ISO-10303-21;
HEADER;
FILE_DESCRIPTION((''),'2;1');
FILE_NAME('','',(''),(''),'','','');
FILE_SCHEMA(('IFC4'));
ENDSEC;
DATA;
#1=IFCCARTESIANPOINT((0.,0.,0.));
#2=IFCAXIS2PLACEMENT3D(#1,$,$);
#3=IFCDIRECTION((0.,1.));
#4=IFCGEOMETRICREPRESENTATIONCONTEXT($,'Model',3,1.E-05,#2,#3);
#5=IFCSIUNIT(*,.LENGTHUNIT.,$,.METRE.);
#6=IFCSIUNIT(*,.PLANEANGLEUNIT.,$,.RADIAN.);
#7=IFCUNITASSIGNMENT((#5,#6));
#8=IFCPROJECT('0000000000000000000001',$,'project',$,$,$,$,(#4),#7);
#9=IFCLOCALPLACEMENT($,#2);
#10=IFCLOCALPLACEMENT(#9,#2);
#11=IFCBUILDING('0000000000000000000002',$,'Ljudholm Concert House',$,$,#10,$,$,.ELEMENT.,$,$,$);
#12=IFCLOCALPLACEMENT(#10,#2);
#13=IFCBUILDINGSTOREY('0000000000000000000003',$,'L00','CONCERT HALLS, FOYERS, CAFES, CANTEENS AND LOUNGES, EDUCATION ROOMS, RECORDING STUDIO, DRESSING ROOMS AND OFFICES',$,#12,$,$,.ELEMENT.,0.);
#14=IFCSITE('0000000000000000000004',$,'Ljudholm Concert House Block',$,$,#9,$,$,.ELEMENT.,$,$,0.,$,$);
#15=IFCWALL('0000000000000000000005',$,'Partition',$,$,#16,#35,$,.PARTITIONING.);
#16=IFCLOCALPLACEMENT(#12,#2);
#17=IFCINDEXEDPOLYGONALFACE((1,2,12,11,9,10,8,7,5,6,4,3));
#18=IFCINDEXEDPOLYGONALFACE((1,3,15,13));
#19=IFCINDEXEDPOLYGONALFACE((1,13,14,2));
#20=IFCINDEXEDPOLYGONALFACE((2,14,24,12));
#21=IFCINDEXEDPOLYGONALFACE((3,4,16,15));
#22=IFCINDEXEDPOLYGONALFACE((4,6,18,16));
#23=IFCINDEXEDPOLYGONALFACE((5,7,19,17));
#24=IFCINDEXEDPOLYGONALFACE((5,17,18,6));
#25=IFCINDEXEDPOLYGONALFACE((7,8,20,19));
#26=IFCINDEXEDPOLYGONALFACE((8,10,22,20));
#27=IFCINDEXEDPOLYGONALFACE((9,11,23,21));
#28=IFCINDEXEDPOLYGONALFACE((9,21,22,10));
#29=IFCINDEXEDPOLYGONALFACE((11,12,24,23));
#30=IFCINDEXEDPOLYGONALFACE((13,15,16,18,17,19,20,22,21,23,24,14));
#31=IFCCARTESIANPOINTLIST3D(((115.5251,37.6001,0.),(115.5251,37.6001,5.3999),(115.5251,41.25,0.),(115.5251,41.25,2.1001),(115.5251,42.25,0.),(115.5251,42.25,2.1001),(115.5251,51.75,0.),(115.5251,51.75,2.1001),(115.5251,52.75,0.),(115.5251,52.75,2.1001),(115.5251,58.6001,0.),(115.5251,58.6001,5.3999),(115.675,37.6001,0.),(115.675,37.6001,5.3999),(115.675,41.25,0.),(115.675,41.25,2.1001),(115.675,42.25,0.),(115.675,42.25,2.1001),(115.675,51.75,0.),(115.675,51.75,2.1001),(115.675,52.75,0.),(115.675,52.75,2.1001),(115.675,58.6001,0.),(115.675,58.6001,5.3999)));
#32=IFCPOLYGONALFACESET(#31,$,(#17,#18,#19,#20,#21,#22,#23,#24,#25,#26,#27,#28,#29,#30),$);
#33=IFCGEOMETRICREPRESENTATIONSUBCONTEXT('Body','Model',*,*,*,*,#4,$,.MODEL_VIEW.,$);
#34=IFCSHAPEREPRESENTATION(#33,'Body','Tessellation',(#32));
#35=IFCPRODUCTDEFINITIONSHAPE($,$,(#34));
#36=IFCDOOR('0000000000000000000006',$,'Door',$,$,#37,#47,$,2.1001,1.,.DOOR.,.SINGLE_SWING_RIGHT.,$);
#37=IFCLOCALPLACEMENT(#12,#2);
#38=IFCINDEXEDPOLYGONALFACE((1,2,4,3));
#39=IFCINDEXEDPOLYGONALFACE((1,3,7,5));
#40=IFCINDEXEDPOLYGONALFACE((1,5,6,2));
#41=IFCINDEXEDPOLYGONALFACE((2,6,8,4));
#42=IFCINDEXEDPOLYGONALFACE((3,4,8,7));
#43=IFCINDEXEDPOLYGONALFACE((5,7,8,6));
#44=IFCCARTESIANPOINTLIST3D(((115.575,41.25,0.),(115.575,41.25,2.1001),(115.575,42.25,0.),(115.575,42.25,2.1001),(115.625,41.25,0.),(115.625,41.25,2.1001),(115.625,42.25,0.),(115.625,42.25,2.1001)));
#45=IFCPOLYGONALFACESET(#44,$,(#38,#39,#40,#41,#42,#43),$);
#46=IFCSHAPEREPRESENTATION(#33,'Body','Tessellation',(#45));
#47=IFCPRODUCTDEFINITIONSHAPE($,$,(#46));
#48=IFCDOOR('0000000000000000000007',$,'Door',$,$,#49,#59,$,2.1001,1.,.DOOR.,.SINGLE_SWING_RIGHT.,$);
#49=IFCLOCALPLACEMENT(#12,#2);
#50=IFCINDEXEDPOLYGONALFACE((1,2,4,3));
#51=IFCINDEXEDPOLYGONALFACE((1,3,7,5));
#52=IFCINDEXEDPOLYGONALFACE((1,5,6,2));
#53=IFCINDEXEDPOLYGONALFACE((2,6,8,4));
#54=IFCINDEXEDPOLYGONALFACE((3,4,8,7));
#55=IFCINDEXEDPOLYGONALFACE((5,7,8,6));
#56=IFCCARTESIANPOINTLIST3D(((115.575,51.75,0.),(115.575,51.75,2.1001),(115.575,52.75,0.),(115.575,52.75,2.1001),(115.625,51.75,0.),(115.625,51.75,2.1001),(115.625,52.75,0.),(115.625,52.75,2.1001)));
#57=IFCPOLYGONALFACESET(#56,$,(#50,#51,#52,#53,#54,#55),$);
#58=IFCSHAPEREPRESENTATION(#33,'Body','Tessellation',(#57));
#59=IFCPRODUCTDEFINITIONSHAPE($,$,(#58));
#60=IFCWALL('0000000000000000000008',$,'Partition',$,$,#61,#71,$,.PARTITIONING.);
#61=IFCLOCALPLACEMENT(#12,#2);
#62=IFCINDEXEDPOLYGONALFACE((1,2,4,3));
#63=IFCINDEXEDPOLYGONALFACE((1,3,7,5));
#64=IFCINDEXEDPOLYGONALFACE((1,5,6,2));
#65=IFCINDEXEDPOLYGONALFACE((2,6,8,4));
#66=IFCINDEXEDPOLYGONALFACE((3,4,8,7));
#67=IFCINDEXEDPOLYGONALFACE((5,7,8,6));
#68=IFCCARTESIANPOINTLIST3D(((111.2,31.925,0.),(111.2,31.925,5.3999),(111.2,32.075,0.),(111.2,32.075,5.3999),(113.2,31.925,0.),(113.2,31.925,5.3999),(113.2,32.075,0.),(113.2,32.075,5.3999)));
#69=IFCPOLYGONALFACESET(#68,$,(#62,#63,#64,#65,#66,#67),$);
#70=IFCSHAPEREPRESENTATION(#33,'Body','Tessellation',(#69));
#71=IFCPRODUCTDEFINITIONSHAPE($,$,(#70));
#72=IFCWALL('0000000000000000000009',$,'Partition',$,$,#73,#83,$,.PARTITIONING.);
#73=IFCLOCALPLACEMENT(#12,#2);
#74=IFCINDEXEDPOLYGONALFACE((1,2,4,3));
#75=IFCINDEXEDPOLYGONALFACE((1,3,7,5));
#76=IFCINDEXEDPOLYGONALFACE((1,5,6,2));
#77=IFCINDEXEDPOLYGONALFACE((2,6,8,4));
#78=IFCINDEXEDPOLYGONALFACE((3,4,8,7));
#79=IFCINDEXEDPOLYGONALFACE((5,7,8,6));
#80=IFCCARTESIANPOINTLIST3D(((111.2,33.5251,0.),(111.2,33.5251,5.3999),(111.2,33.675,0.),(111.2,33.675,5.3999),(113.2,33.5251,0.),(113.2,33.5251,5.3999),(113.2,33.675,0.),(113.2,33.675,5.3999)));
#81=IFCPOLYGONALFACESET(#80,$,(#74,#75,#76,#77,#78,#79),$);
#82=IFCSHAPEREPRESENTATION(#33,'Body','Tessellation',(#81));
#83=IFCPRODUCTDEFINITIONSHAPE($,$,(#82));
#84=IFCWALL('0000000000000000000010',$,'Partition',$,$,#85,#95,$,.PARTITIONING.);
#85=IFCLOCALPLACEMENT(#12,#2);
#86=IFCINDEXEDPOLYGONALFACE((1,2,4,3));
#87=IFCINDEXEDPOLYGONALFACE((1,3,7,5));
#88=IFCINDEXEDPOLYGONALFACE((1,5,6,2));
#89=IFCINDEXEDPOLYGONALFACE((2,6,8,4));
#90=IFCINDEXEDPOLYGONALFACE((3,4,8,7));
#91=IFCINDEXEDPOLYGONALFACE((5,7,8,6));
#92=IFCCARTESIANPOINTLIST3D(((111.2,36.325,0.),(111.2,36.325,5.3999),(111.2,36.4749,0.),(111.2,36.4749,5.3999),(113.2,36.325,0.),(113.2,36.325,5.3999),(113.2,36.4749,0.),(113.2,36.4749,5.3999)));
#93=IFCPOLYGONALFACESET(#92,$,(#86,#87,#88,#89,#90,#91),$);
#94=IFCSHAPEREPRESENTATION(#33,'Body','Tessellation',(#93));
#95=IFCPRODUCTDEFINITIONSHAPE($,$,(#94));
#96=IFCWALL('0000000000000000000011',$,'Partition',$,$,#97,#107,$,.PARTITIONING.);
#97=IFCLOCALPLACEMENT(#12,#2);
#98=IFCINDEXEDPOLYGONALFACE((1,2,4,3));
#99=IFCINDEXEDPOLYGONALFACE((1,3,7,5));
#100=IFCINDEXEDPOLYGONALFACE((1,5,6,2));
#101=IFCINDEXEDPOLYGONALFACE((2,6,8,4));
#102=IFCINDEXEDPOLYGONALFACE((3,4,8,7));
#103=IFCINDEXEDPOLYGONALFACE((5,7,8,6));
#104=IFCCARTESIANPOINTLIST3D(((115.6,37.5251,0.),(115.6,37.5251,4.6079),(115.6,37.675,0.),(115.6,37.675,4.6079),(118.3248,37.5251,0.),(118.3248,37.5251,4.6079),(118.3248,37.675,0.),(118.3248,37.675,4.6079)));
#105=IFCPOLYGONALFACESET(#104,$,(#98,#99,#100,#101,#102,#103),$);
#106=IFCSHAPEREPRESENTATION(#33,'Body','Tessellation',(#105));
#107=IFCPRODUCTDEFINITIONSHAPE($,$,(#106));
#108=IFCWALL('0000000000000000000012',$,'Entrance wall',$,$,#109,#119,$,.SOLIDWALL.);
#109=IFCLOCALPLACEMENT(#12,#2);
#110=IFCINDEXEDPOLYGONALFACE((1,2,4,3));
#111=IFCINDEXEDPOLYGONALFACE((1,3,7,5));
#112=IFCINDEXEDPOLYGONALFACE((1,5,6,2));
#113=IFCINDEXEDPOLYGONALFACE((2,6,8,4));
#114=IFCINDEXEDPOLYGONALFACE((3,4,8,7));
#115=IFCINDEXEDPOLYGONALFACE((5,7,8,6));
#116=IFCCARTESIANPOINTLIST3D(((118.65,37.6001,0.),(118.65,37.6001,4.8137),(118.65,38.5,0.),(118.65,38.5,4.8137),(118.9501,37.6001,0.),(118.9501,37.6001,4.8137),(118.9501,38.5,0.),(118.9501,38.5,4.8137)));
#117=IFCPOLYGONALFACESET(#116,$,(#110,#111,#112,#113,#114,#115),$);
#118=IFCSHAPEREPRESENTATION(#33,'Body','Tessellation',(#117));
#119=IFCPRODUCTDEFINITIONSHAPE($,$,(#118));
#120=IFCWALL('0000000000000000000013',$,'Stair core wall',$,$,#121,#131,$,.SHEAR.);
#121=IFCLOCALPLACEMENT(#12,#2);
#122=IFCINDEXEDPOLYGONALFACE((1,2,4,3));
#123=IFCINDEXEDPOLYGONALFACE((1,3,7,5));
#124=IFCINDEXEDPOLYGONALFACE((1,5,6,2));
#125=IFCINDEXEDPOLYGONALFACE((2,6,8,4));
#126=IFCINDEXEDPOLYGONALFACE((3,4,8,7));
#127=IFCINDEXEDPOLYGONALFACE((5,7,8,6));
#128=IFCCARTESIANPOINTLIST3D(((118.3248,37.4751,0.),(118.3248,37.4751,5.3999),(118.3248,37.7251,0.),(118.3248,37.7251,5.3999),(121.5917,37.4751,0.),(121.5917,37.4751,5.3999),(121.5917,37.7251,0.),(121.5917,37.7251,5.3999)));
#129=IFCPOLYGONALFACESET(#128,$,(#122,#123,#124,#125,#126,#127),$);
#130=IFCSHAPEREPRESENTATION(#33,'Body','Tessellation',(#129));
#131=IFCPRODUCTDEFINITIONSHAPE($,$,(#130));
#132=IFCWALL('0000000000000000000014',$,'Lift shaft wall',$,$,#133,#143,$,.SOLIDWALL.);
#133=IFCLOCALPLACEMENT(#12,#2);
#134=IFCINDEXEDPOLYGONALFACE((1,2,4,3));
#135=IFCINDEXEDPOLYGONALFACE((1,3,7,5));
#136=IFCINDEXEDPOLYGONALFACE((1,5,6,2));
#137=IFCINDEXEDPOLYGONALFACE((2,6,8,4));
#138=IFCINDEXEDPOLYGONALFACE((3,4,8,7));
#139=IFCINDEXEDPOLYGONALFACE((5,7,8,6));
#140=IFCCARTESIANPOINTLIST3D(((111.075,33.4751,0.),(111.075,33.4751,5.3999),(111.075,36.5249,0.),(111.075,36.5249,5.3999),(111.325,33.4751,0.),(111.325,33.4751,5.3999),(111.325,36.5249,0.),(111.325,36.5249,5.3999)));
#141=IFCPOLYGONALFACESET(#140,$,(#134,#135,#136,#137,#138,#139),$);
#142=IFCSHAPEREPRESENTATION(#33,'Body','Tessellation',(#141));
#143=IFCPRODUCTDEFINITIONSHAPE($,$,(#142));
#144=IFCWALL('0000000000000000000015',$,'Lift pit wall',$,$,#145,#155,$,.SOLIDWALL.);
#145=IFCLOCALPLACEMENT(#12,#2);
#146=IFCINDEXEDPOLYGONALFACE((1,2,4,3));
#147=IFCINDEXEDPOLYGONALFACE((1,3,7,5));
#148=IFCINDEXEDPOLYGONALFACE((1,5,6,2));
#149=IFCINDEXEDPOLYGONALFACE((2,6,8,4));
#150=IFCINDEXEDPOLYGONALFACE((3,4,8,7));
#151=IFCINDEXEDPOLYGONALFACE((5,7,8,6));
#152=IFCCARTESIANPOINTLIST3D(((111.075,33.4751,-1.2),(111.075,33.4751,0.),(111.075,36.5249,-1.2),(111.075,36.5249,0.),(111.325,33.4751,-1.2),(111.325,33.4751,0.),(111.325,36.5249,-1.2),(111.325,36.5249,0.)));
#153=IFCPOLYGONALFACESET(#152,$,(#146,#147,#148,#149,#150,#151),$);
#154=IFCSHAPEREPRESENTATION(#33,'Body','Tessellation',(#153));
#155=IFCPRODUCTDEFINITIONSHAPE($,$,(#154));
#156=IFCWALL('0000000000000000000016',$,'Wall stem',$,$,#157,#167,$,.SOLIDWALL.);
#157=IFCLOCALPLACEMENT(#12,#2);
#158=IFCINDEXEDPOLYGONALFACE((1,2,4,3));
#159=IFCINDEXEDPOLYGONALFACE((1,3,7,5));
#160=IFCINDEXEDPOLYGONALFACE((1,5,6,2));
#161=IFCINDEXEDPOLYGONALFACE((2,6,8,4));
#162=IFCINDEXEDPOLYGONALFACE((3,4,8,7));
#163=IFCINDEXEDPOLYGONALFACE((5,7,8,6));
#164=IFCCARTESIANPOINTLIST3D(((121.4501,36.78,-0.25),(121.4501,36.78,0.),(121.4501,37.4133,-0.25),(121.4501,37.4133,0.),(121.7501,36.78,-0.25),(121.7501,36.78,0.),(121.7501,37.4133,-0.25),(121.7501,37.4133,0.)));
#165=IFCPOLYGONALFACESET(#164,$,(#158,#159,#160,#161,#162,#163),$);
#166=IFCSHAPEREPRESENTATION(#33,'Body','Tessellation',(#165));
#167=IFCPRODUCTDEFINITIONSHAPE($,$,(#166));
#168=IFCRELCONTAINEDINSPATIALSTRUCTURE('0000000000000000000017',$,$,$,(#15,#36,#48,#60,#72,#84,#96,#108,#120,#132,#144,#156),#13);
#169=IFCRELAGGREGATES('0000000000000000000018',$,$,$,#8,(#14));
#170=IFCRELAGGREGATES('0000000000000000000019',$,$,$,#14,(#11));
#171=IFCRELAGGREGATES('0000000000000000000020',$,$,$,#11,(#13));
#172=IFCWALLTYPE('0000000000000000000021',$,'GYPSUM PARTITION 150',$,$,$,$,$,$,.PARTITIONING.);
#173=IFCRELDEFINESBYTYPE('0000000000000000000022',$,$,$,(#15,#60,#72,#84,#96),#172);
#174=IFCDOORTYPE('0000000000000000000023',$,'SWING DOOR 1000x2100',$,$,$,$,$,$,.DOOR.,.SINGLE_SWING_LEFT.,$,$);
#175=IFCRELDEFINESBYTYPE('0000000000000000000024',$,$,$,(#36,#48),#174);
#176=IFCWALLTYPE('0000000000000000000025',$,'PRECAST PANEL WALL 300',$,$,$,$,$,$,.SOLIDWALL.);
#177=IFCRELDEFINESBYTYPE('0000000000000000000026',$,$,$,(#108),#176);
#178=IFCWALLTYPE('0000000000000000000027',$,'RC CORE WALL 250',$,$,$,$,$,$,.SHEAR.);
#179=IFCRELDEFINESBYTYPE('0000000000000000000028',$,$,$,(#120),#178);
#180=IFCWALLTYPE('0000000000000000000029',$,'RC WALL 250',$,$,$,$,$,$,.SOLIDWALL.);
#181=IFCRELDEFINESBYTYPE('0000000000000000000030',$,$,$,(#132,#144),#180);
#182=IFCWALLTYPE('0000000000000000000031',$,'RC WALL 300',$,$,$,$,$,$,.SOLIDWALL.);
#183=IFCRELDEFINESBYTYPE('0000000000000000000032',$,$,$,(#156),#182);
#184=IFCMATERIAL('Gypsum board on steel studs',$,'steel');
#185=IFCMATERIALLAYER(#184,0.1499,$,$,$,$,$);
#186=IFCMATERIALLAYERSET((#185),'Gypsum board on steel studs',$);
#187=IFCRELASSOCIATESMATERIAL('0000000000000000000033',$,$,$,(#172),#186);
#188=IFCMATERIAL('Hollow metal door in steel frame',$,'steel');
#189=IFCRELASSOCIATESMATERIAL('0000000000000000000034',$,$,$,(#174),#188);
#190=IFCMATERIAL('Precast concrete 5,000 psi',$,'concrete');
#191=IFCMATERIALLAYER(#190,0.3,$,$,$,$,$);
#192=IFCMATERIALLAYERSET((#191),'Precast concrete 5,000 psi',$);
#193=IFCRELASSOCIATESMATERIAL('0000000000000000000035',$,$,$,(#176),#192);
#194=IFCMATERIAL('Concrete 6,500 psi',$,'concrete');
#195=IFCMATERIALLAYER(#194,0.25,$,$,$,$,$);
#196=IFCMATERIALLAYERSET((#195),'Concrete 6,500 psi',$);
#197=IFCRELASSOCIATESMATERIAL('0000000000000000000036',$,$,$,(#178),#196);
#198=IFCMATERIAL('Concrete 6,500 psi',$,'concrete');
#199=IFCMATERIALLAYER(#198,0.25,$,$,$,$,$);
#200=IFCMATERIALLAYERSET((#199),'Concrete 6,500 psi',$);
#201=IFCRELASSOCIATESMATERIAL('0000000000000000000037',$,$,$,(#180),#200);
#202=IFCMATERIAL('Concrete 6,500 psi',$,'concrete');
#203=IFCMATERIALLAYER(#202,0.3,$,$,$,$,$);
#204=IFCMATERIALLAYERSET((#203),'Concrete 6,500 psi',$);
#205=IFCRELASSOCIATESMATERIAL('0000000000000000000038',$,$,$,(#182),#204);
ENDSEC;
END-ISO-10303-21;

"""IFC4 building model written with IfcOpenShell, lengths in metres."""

from ifc_helpers import new_model, si_unit, direction, frame, frame_2d, origin, place, context, subcontext, project, spatial, rectangle, extrude, material, layer, layer_set, type_object, element, fill, save


model = new_model("IFC4")

# Units and contexts
model_context = context("Model", 3, precision=1e-05, world=origin(), true_north=direction((0.0, 1.0)))
body_context = subcontext(model_context, "Body", "Model", "MODEL_VIEW")
ifc_project = project(units=[si_unit("LENGTHUNIT", "METRE"), si_unit("PLANEANGLEUNIT", "RADIAN")], contexts=[model_context])

# Site, building, storey
site_placement = place(None, origin())
site = spatial("IfcSite", under=ifc_project, at=site_placement, Name="Ljudholm Concert House Block", CompositionType="ELEMENT", RefElevation=0.0)
building_placement = place(site_placement, origin())
building = spatial("IfcBuilding", under=site, at=building_placement, Name="Ljudholm Concert House", CompositionType="ELEMENT")
storey_placement = place(building_placement, origin())
storey = spatial("IfcBuildingStorey", under=building, at=storey_placement, Name="L00", Description="CONCERT HALLS, FOYERS, CAFES, CANTEENS AND LOUNGES, EDUCATION ROOMS, RECORDING STUDIO, DRESSING ROOMS AND OFFICES", CompositionType="ELEMENT", Elevation=0.0)

# Shared definitions
ifc_material_1 = material(Name="Gypsum board on steel studs", Category="steel")
ifc_layer_1 = layer(ifc_material_1, 0.1499)
ifc_layer_set_1 = layer_set([ifc_layer_1], Name="Gypsum board on steel studs")
wall_type_1 = type_object("IfcWallType", Name="GYPSUM PARTITION 150", PredefinedType="PARTITIONING", material=ifc_layer_set_1)

# Wall, openings, doors
wall_1_placement = place(storey_placement, frame((115.6001, 37.6001, 0.0), z_axis=(0.0, 0.0, 1.0), x_axis=(0.0, 1.0, 0.0)))
wall_1 = element("IfcWall", 1, at=wall_1_placement, inside=storey, type_object=wall_type_1, Name="Partition", PredefinedType="PARTITIONING", context=body_context, shape_type="SweptSolid", body=[
    extrude(rectangle(XDim=21.0, YDim=0.1499, at=frame_2d((10.5, 0.0))), origin(), (0.0, 0.0, 1.0), 5.3999),
])
opening_1_placement = place(wall_1_placement, frame((3.6499, 0.0, 0.0)))
opening_1 = element("IfcOpeningElement", 2, at=opening_1_placement, cuts=wall_1, PredefinedType="OPENING", context=body_context, shape_type="SweptSolid", body=[
    extrude(rectangle(XDim=1.0, YDim=2.1001, at=frame_2d((0.5, 1.05))), frame((0.0, 0.085, 0.0), z_axis=(0.0, -1.0, 0.0), x_axis=(1.0, 0.0, 0.0)), (0.0, 0.0, 1.0), 0.1699),
])
opening_2_placement = place(wall_1_placement, frame((14.1499, 0.0, 0.0)))
opening_2 = element("IfcOpeningElement", 3, at=opening_2_placement, cuts=wall_1, PredefinedType="OPENING", context=body_context, shape_type="SweptSolid", body=[
    extrude(rectangle(XDim=1.0, YDim=2.1001, at=frame_2d((0.5, 1.05))), frame((0.0, 0.085, 0.0), z_axis=(0.0, -1.0, 0.0), x_axis=(1.0, 0.0, 0.0)), (0.0, 0.0, 1.0), 0.1699),
])
ifc_material_2 = material(Name="Hollow metal door in steel frame", Category="steel")
door_type = type_object("IfcDoorType", Name="SWING DOOR 1000x2100", OperationType="SINGLE_SWING_LEFT", PredefinedType="DOOR", material=ifc_material_2)
door_1_placement = place(opening_1_placement, frame((1.0, 0.0, 0.0), z_axis=(0.0, 0.0, 1.0), x_axis=(-1.0, 0.0, 0.0)))
door_1 = element("IfcDoor", 4, at=door_1_placement, inside=storey, type_object=door_type, Name="Door", OperationType="SINGLE_SWING_RIGHT", OverallHeight=2.1001, OverallWidth=1.0, PredefinedType="DOOR", context=body_context, shape_type="SweptSolid", body=[
    extrude(rectangle(XDim=1.0, YDim=2.1001, at=frame_2d((0.5, 1.05))), frame((0.0, 0.0249, 0.0), z_axis=(0.0, -1.0, 0.0), x_axis=(1.0, 0.0, 0.0)), (0.0, 0.0, 1.0), 0.05),
])
fill(opening_1, door_1)
door_2_placement = place(opening_2_placement, frame((1.0, 0.0, 0.0), z_axis=(0.0, 0.0, 1.0), x_axis=(-1.0, 0.0, 0.0)))
door_2 = element("IfcDoor", 5, at=door_2_placement, inside=storey, type_object=door_type, Name="Door", OperationType="SINGLE_SWING_RIGHT", OverallHeight=2.1001, OverallWidth=1.0, PredefinedType="DOOR", context=body_context, shape_type="SweptSolid", body=[
    extrude(rectangle(XDim=1.0, YDim=2.1001, at=frame_2d((0.5, 1.05))), frame((0.0, 0.0249, 0.0), z_axis=(0.0, -1.0, 0.0), x_axis=(1.0, 0.0, 0.0)), (0.0, 0.0, 1.0), 0.05),
])
fill(opening_2, door_2)

# Walls
for number, where, z_axis, x_axis, name in (
    (6, (111.2, 32.0, 0.0), (0.0, 0.0, 1.0), (1.0, 0.0, 0.0), "Partition"),
    (7, (111.2, 33.6001, 0.0), (0.0, 0.0, 1.0), (1.0, 0.0, 0.0), "Partition"),
    (8, (111.2, 36.3999, 0.0), (0.0, 0.0, 1.0), (1.0, 0.0, 0.0), "Partition"),
):
    element("IfcWall", number, at=place(storey_placement, frame(where, z_axis=z_axis, x_axis=x_axis)), inside=storey, type_object=wall_type_1, Name=name, PredefinedType="PARTITIONING", context=body_context, shape_type="SweptSolid", body=[
        extrude(rectangle(XDim=2.0, YDim=0.1499, at=frame_2d((1.0, 0.0))), origin(), (0.0, 0.0, 1.0), 5.3999),
    ])
wall_2_placement = place(storey_placement, frame((115.6001, 37.6001, 0.0), z_axis=(0.0, 0.0, 1.0), x_axis=(1.0, 0.0, 0.0)))
element("IfcWall", 9, at=wall_2_placement, inside=storey, type_object=wall_type_1, Name="Partition", PredefinedType="PARTITIONING", context=body_context, shape_type="SweptSolid", body=[
    extrude(rectangle(XDim=2.7249, YDim=0.1499, at=frame_2d((1.3623, 0.0))), origin(), (0.0, 0.0, 1.0), 4.6079),
])
ifc_material_3 = material(Name="Precast concrete 5,000 psi", Category="concrete")
ifc_layer_2 = layer(ifc_material_3, 0.3)
ifc_layer_set_2 = layer_set([ifc_layer_2], Name="Precast concrete 5,000 psi")
wall_type_2 = type_object("IfcWallType", Name="PRECAST PANEL WALL 300", PredefinedType="SOLIDWALL", material=ifc_layer_set_2)
wall_3_placement = place(storey_placement, frame((118.8, 37.6001, 0.0), z_axis=(0.0, 0.0, 1.0), x_axis=(0.0, 1.0, 0.0)))
element("IfcWall", 10, at=wall_3_placement, inside=storey, type_object=wall_type_2, Name="Entrance wall", PredefinedType="SOLIDWALL", context=body_context, shape_type="SweptSolid", body=[
    extrude(rectangle(XDim=0.8999, YDim=0.3, at=frame_2d((0.45, 0.0))), origin(), (0.0, 0.0, 1.0), 4.8137),
])
ifc_material_4 = material(Name="Concrete 6,500 psi", Category="concrete")
ifc_layer_3 = layer(ifc_material_4, 0.25)
ifc_layer_set_3 = layer_set([ifc_layer_3], Name="Concrete 6,500 psi")
wall_type_3 = type_object("IfcWallType", Name="RC CORE WALL 250", PredefinedType="SHEAR", material=ifc_layer_set_3)
wall_4_placement = place(storey_placement, frame((118.325, 37.6001, 0.0), z_axis=(0.0, 0.0, 1.0), x_axis=(1.0, 0.0, 0.0)))
element("IfcWall", 11, at=wall_4_placement, inside=storey, type_object=wall_type_3, Name="Stair core wall", PredefinedType="SHEAR", context=body_context, shape_type="SweptSolid", body=[
    extrude(rectangle(XDim=3.2668, YDim=0.25, at=frame_2d((1.6333, 0.0))), origin(), (0.0, 0.0, 1.0), 5.3999),
])
ifc_material_5 = material(Name="Concrete 6,500 psi", Category="concrete")
ifc_layer_4 = layer(ifc_material_5, 0.25)
ifc_layer_set_4 = layer_set([ifc_layer_4], Name="Concrete 6,500 psi")
wall_type_4 = type_object("IfcWallType", Name="RC WALL 250", PredefinedType="SOLIDWALL", material=ifc_layer_set_4)
wall_5_placement = place(storey_placement, frame((111.2, 33.4751, 0.0), z_axis=(0.0, 0.0, 1.0), x_axis=(0.0, 1.0, 0.0)))
element("IfcWall", 12, at=wall_5_placement, inside=storey, type_object=wall_type_4, Name="Lift shaft wall", PredefinedType="SOLIDWALL", context=body_context, shape_type="SweptSolid", body=[
    extrude(rectangle(XDim=3.0498, YDim=0.25, at=frame_2d((1.5249, 0.0))), origin(), (0.0, 0.0, 1.0), 5.3999),
])
wall_6_placement = place(storey_placement, frame((111.2, 33.4751, -1.2), z_axis=(0.0, 0.0, 1.0), x_axis=(0.0, 1.0, 0.0)))
element("IfcWall", 13, at=wall_6_placement, inside=storey, type_object=wall_type_4, Name="Lift pit wall", PredefinedType="SOLIDWALL", context=body_context, shape_type="SweptSolid", body=[
    extrude(rectangle(XDim=3.0498, YDim=0.25, at=frame_2d((1.5249, 0.0))), origin(), (0.0, 0.0, 1.0), 1.2),
])
ifc_material_6 = material(Name="Concrete 6,500 psi", Category="concrete")
ifc_layer_5 = layer(ifc_material_6, 0.3)
ifc_layer_set_5 = layer_set([ifc_layer_5], Name="Concrete 6,500 psi")
wall_type_5 = type_object("IfcWallType", Name="RC WALL 300", PredefinedType="SOLIDWALL", material=ifc_layer_set_5)
wall_7_placement = place(storey_placement, frame((121.6001, 36.78, -0.25), z_axis=(0.0, 0.0, 1.0), x_axis=(0.0, 1.0, 0.0)))
element("IfcWall", 14, at=wall_7_placement, inside=storey, type_object=wall_type_5, Name="Wall stem", PredefinedType="SOLIDWALL", context=body_context, shape_type="SweptSolid", body=[
    extrude(rectangle(XDim=0.6333, YDim=0.3, at=frame_2d((0.3167, 0.0))), origin(), (0.0, 0.0, 1.0), 0.25),
])

save(model, "model.ifc")
